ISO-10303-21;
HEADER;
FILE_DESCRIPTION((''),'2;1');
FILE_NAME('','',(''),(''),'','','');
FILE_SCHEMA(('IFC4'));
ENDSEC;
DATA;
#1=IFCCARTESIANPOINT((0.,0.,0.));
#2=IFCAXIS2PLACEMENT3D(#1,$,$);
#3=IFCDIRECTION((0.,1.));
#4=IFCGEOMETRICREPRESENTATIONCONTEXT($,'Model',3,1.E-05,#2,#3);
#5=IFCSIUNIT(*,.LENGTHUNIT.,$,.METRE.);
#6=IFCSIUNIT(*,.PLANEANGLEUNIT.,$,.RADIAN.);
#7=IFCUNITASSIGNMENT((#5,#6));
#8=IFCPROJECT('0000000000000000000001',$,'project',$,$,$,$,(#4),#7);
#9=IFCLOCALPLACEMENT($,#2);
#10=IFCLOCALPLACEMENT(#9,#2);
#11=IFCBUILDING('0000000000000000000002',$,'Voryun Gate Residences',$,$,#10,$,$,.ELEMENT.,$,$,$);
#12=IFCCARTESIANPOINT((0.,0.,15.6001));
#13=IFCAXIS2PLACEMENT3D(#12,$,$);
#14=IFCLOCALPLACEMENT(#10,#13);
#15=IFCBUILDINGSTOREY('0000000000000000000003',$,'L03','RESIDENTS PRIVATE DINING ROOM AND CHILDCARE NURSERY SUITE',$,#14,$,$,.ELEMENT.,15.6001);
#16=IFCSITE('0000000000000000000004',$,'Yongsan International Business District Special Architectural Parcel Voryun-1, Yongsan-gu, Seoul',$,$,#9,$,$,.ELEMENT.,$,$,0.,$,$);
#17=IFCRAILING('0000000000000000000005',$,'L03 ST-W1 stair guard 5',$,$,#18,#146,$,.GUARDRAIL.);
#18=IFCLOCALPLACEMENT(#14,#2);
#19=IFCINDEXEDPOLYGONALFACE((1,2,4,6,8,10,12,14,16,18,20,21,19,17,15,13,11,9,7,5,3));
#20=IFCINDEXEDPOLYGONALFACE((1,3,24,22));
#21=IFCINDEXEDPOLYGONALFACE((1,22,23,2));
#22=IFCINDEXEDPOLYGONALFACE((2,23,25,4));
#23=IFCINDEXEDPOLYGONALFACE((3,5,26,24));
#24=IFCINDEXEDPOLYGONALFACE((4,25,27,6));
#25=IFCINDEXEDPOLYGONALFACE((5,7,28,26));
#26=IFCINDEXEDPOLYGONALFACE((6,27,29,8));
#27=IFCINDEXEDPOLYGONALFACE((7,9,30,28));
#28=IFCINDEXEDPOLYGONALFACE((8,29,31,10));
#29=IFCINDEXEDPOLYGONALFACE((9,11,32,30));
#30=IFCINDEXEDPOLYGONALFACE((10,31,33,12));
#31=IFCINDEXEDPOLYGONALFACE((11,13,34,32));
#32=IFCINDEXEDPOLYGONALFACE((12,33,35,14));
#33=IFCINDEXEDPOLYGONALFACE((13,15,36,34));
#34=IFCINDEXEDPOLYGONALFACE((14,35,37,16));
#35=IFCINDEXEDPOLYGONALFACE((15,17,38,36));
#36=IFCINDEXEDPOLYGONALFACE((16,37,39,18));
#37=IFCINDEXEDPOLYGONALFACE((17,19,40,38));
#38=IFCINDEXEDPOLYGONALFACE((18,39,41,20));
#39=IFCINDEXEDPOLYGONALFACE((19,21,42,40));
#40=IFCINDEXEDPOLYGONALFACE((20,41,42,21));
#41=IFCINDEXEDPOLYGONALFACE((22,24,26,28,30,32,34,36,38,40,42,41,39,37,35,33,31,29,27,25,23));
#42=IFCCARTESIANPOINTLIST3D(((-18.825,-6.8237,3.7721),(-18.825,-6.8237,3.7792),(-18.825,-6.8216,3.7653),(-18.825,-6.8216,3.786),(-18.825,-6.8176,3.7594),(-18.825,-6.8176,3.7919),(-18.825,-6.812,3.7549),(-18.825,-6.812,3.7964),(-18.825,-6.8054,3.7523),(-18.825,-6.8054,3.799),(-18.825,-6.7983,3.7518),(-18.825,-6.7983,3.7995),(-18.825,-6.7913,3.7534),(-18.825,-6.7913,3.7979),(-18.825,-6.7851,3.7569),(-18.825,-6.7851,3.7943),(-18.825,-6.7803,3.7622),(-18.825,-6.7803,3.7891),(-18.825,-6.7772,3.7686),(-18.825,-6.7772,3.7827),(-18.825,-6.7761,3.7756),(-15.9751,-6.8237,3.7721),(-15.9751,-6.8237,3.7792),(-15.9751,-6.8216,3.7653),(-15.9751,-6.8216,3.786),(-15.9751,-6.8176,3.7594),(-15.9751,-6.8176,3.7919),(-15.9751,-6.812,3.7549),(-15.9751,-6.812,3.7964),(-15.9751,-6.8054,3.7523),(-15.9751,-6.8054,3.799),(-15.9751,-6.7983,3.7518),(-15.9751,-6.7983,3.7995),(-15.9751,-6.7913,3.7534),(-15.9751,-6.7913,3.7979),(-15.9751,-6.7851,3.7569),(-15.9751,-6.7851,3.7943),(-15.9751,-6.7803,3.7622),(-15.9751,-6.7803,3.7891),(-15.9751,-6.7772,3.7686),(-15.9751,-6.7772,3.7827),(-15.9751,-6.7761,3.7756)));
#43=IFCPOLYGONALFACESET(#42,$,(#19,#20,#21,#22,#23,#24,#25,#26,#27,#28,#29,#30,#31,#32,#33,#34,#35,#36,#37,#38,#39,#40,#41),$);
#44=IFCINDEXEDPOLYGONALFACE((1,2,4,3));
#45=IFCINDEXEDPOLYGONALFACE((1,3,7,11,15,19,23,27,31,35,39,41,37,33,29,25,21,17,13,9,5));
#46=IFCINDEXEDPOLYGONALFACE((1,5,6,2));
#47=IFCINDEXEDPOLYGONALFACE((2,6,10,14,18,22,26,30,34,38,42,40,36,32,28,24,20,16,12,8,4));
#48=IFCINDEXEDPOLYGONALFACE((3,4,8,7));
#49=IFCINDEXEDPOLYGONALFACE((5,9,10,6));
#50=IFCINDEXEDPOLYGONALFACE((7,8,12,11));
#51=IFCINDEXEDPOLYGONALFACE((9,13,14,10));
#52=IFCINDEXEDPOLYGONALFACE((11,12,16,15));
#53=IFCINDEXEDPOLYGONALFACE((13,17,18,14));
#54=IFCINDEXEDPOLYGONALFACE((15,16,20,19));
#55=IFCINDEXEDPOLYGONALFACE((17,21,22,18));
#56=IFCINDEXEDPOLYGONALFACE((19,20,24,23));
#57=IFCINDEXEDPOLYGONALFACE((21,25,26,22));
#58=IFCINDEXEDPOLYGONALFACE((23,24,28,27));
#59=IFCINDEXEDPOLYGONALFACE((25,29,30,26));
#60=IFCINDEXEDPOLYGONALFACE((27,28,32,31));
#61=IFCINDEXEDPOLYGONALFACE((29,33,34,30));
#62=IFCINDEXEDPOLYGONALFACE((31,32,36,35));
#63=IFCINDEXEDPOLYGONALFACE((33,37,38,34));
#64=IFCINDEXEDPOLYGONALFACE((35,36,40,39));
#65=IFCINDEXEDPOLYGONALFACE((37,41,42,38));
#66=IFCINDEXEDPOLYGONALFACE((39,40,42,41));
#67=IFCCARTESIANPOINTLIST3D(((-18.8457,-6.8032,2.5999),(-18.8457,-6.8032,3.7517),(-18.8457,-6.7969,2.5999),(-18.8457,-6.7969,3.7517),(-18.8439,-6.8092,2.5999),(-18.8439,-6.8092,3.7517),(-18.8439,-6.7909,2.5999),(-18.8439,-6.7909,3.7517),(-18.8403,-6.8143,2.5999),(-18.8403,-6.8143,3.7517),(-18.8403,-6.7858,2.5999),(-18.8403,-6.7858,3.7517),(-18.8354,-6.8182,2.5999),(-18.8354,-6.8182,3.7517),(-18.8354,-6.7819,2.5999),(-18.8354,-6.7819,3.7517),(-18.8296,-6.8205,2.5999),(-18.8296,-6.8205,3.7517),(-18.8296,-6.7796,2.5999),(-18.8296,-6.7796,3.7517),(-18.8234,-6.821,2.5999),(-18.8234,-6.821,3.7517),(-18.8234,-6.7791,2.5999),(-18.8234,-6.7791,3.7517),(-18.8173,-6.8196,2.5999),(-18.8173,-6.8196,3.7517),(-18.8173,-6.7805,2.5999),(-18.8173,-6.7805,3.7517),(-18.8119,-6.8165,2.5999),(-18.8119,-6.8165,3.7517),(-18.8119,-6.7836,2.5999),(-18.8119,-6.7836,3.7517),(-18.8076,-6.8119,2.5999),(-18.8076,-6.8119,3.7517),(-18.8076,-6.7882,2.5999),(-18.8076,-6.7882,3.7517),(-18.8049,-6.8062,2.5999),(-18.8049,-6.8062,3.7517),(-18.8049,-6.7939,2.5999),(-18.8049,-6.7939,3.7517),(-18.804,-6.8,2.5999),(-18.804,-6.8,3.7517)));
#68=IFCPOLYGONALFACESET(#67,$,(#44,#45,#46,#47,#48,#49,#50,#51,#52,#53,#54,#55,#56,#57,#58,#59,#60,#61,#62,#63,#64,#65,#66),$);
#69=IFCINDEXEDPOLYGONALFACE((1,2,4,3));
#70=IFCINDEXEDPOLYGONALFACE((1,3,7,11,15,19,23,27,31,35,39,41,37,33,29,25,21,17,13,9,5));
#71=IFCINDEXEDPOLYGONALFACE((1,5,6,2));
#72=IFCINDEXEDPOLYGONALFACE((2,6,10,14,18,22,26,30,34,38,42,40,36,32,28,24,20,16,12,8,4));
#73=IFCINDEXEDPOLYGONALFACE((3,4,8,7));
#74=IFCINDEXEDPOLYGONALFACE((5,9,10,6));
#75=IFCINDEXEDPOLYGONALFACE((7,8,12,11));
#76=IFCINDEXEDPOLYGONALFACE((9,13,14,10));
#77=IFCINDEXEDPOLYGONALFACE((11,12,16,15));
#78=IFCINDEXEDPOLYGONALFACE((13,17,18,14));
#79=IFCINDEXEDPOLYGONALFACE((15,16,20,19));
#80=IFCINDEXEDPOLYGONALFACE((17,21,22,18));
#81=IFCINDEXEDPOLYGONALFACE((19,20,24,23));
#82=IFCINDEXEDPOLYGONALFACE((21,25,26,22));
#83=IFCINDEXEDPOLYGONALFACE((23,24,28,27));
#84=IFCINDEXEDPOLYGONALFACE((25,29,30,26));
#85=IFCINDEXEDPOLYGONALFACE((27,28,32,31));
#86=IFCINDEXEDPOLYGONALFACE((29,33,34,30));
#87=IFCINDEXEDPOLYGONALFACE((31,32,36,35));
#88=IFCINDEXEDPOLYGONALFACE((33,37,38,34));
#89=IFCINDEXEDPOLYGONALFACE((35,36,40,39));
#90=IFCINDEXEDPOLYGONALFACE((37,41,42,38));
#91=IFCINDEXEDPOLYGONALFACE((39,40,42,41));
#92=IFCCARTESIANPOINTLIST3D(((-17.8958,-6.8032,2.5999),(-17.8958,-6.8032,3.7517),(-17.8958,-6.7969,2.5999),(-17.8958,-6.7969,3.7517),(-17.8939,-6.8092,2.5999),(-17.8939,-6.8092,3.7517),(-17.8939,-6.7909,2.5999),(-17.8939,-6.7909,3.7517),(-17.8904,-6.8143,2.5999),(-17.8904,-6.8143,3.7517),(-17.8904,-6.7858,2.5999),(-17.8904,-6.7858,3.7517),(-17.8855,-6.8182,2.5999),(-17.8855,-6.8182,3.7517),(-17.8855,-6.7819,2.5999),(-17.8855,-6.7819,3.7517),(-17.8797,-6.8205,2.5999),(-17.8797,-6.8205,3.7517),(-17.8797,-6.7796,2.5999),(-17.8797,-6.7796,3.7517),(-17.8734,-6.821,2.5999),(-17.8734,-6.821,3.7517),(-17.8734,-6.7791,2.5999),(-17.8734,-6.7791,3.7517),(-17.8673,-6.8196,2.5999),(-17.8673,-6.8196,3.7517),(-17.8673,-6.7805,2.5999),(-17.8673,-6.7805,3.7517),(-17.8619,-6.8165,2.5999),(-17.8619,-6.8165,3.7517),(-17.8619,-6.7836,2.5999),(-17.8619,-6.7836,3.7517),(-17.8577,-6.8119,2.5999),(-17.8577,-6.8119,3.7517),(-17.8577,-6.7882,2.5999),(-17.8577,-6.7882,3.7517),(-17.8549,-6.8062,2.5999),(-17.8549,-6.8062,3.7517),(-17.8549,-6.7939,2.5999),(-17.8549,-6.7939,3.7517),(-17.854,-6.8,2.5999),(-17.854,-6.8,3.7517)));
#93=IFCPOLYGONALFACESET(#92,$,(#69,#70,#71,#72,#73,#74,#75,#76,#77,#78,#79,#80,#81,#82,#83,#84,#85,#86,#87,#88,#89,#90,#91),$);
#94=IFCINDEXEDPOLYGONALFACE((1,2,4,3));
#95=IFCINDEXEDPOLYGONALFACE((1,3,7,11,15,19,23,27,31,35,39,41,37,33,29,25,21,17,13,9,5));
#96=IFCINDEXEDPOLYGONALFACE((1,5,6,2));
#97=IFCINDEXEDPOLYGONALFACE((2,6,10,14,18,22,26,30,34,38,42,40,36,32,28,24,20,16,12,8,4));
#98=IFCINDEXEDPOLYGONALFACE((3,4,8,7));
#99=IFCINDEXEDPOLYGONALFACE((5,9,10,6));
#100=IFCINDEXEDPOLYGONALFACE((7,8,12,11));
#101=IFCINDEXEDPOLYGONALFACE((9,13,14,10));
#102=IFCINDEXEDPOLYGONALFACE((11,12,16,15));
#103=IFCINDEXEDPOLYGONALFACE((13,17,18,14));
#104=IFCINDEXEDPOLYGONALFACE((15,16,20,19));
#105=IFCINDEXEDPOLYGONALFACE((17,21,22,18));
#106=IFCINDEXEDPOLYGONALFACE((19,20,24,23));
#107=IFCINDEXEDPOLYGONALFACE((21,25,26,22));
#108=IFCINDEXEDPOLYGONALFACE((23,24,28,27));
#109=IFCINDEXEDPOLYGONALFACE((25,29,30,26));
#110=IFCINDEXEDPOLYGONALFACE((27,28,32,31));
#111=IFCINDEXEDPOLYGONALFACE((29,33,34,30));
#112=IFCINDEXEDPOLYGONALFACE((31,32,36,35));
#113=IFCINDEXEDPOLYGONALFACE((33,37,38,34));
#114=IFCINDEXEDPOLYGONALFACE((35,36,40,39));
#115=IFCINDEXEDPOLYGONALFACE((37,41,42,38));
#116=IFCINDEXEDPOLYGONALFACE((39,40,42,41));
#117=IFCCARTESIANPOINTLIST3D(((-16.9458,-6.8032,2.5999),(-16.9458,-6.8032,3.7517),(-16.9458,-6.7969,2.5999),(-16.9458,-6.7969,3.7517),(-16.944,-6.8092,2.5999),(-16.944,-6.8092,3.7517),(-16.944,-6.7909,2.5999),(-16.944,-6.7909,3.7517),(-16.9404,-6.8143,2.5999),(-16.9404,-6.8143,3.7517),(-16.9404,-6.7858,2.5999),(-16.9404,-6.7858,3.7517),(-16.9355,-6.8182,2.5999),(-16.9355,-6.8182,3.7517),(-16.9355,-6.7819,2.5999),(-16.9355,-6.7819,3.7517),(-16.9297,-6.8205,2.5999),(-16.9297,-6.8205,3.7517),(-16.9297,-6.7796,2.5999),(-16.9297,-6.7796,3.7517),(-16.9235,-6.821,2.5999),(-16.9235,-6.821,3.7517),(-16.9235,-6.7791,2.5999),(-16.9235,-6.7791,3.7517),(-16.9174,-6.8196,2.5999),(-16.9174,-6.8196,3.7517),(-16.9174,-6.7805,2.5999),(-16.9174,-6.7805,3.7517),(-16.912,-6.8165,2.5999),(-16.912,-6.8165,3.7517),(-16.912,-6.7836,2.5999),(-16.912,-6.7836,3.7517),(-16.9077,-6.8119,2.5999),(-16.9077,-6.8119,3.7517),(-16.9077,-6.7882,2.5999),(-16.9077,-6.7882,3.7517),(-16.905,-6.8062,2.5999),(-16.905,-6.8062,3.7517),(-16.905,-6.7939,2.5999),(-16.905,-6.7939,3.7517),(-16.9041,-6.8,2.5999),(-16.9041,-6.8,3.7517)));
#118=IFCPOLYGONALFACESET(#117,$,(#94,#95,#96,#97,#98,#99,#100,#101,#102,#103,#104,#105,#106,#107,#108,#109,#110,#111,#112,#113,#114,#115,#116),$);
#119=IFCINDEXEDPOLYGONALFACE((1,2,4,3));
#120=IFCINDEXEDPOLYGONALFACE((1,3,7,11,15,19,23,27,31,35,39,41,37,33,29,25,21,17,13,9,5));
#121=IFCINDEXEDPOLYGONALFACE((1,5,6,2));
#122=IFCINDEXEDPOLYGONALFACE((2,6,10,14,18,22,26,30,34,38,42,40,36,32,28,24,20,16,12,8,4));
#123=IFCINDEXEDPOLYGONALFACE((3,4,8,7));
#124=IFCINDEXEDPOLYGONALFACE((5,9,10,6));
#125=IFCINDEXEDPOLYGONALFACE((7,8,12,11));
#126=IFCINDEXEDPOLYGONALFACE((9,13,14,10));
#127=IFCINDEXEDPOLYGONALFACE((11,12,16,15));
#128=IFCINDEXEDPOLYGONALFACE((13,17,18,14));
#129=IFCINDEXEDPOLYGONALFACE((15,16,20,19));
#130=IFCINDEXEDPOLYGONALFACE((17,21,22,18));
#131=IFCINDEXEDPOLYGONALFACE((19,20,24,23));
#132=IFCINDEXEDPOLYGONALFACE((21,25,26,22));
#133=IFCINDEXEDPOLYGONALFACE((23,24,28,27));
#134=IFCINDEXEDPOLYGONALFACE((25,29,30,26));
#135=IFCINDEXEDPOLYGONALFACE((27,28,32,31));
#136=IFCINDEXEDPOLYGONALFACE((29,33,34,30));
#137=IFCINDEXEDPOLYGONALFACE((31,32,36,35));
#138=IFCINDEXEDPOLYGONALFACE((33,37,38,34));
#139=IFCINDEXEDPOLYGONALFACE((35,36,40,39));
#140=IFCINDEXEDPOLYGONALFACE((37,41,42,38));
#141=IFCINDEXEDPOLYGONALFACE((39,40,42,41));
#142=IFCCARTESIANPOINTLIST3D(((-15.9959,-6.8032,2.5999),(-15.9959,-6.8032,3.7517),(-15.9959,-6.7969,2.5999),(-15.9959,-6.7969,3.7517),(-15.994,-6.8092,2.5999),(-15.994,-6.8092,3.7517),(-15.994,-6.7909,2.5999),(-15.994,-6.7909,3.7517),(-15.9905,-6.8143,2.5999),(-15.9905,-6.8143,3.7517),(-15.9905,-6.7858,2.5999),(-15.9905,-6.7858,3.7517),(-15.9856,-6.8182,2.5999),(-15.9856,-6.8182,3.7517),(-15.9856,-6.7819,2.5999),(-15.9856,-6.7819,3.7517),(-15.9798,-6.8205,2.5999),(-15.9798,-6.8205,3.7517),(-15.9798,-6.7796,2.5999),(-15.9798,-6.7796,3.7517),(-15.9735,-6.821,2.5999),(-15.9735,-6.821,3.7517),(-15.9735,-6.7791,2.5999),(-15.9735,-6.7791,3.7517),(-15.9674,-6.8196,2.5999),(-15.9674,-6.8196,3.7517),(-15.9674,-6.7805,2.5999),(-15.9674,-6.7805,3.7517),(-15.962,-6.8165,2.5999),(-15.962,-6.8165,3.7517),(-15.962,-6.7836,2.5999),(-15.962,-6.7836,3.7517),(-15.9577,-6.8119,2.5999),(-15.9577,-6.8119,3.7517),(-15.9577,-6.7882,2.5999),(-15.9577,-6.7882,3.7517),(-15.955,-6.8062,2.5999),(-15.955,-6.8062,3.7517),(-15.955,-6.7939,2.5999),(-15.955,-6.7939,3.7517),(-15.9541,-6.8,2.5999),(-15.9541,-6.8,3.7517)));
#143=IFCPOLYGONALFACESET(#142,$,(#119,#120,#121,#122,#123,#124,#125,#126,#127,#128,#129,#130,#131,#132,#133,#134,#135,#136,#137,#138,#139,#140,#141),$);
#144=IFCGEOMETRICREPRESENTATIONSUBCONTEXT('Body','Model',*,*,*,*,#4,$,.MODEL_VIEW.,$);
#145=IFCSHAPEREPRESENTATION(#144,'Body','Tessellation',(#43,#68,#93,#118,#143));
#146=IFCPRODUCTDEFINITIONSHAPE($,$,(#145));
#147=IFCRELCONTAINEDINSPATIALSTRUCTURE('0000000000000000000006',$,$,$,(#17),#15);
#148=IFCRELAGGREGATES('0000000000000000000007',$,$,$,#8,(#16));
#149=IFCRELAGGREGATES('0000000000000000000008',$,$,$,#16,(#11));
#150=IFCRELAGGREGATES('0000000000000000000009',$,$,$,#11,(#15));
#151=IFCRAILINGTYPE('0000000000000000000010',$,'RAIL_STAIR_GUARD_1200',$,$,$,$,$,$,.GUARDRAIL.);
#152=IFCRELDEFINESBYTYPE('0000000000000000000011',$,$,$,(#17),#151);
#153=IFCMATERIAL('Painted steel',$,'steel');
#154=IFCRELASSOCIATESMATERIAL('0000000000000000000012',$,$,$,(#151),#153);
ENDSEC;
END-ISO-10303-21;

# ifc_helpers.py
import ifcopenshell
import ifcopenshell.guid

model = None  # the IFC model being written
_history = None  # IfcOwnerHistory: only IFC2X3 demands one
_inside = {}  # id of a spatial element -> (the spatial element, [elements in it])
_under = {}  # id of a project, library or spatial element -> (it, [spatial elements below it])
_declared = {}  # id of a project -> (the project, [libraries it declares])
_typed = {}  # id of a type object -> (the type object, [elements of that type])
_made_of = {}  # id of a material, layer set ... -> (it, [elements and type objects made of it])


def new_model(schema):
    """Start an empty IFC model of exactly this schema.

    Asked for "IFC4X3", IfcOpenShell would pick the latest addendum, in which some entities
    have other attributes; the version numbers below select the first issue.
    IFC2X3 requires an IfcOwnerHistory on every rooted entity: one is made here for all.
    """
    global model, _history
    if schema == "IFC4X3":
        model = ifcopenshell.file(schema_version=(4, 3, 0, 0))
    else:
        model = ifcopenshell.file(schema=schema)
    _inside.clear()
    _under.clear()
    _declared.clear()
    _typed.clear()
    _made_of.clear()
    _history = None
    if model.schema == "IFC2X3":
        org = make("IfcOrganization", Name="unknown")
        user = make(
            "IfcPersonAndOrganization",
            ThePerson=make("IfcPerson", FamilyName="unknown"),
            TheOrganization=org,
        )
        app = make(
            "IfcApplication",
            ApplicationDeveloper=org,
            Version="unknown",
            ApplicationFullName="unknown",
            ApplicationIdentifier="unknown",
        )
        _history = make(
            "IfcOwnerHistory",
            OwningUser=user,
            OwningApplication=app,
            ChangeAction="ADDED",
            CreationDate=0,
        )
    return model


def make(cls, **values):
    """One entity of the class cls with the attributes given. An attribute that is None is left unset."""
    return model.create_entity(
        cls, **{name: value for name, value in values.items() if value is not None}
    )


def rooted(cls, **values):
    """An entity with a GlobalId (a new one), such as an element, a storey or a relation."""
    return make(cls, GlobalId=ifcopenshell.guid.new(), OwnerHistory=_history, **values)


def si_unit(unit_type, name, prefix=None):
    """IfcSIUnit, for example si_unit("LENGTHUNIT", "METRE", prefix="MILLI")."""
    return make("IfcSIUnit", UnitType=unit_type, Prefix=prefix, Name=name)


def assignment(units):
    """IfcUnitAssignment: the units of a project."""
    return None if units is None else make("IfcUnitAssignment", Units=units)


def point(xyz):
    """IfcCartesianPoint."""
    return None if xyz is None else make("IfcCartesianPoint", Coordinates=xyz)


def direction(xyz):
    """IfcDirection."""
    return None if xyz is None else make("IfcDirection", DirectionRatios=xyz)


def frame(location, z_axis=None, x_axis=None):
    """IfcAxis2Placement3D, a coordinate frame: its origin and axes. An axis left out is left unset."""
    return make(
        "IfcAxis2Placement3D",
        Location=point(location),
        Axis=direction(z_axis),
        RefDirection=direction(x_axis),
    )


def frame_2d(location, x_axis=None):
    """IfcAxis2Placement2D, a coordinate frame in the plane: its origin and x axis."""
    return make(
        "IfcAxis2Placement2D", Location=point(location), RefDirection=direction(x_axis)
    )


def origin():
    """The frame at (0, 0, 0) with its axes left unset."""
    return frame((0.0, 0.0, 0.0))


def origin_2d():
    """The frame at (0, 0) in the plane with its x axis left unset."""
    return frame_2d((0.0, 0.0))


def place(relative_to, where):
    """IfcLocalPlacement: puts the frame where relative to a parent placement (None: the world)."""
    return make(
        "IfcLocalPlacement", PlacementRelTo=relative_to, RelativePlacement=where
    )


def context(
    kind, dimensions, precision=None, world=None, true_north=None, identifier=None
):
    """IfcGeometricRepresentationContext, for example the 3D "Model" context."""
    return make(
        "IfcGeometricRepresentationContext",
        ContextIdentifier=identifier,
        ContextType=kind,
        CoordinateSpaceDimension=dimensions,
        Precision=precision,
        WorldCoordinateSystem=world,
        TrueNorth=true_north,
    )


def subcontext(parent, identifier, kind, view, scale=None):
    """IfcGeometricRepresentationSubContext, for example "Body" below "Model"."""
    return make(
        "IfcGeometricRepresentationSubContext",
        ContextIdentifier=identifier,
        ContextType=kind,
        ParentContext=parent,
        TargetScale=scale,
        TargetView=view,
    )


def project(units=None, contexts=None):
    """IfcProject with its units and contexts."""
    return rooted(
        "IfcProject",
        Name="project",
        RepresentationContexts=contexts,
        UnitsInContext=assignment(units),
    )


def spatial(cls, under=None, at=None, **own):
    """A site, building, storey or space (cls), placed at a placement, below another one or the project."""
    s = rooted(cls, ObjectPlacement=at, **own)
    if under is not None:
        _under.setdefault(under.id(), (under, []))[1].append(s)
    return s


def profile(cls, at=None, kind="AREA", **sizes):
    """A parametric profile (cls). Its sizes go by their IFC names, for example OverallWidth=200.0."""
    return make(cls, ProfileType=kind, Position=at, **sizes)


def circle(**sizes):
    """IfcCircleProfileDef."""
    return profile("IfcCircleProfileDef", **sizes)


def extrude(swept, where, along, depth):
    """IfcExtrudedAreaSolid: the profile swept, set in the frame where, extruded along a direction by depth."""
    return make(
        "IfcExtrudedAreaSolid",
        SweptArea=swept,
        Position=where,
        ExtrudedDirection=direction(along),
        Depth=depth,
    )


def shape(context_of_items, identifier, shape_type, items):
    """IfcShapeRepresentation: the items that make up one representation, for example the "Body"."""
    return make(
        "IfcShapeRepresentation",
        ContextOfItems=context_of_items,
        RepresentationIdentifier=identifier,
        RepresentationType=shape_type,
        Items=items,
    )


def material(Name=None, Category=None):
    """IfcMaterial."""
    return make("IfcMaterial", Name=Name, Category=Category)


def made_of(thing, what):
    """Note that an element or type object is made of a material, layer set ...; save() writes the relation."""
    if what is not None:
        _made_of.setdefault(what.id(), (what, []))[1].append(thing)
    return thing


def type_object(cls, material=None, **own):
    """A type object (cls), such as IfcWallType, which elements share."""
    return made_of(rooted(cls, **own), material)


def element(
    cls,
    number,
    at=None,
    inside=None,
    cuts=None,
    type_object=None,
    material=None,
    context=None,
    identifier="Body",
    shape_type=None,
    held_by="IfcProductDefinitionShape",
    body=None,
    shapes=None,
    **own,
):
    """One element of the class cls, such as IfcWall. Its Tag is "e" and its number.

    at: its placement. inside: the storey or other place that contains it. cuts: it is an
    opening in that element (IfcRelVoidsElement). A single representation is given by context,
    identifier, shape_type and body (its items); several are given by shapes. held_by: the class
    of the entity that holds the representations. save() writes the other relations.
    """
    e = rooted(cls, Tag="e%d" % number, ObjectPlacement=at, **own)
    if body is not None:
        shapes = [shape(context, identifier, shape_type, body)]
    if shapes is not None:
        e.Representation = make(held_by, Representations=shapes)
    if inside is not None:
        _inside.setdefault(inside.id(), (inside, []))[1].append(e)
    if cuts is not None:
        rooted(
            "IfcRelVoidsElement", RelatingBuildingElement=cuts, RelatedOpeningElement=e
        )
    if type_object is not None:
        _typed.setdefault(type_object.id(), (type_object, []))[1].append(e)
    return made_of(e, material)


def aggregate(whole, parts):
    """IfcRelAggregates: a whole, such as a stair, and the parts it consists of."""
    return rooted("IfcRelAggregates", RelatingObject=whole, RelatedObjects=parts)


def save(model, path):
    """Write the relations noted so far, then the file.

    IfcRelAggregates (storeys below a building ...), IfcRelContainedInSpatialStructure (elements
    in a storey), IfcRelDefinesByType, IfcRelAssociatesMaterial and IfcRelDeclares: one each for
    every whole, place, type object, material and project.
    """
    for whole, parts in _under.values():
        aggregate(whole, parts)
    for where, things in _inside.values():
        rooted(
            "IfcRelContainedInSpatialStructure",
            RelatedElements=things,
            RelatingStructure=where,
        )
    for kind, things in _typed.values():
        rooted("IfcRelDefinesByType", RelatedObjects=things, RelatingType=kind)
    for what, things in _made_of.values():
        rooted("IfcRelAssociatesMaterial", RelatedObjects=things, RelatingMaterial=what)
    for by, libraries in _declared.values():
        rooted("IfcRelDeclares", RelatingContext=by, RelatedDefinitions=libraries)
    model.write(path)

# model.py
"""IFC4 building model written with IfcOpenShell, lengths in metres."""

from ifc_helpers import new_model, si_unit, direction, frame, origin, origin_2d, place, context, subcontext, project, spatial, circle, extrude, material, type_object, element, save


model = new_model("IFC4")

# Units and contexts
model_context = context("Model", 3, precision=1e-05, world=origin(), true_north=direction((0.0, 1.0)))
body_context = subcontext(model_context, "Body", "Model", "MODEL_VIEW")
ifc_project = project(units=[si_unit("LENGTHUNIT", "METRE"), si_unit("PLANEANGLEUNIT", "RADIAN")], contexts=[model_context])

# Site, building, storey
site_placement = place(None, origin())
site = spatial("IfcSite", under=ifc_project, at=site_placement, Name="Yongsan International Business District Special Architectural Parcel Voryun-1, Yongsan-gu, Seoul", CompositionType="ELEMENT", RefElevation=0.0)
building_placement = place(site_placement, origin())
building = spatial("IfcBuilding", under=site, at=building_placement, Name="Voryun Gate Residences", CompositionType="ELEMENT")
storey_placement = place(building_placement, frame((0.0, 0.0, 15.6001)))
storey = spatial("IfcBuildingStorey", under=building, at=storey_placement, Name="L03", Description="RESIDENTS PRIVATE DINING ROOM AND CHILDCARE NURSERY SUITE", CompositionType="ELEMENT", Elevation=15.6001)

# Railing
ifc_material_1 = material(Name="Painted steel", Category="steel")
railing_type_1 = type_object("IfcRailingType", Name="RAIL_STAIR_GUARD_1200", PredefinedType="GUARDRAIL", material=ifc_material_1)
railing_1_placement = place(storey_placement, frame((-18.825, -6.8, 2.5999)))
element("IfcRailing", 1, at=railing_1_placement, inside=storey, type_object=railing_type_1, Name="L03 ST-W1 stair guard 5", PredefinedType="GUARDRAIL", context=body_context, shape_type="SweptSolid", body=[
    extrude(circle(Radius=0.0239, at=origin_2d()), frame((0.0, 0.0, 1.1758), z_axis=(1.0, 0.0, 0.0), x_axis=(0.0, 1.0, 0.0)), (0.0, 0.0, 1.0), 2.8499),
    extrude(circle(Radius=0.021, at=origin_2d()), origin(), (0.0, 0.0, 1.0), 1.1519),
    extrude(circle(Radius=0.021, at=origin_2d()), frame((0.95, 0.0, 0.0)), (0.0, 0.0, 1.0), 1.1519),
    extrude(circle(Radius=0.021, at=origin_2d()), frame((1.8999, 0.0, 0.0)), (0.0, 0.0, 1.0), 1.1519),
    extrude(circle(Radius=0.021, at=origin_2d()), frame((2.8499, 0.0, 0.0)), (0.0, 0.0, 1.0), 1.1519),
])

save(model, "model.ifc")
